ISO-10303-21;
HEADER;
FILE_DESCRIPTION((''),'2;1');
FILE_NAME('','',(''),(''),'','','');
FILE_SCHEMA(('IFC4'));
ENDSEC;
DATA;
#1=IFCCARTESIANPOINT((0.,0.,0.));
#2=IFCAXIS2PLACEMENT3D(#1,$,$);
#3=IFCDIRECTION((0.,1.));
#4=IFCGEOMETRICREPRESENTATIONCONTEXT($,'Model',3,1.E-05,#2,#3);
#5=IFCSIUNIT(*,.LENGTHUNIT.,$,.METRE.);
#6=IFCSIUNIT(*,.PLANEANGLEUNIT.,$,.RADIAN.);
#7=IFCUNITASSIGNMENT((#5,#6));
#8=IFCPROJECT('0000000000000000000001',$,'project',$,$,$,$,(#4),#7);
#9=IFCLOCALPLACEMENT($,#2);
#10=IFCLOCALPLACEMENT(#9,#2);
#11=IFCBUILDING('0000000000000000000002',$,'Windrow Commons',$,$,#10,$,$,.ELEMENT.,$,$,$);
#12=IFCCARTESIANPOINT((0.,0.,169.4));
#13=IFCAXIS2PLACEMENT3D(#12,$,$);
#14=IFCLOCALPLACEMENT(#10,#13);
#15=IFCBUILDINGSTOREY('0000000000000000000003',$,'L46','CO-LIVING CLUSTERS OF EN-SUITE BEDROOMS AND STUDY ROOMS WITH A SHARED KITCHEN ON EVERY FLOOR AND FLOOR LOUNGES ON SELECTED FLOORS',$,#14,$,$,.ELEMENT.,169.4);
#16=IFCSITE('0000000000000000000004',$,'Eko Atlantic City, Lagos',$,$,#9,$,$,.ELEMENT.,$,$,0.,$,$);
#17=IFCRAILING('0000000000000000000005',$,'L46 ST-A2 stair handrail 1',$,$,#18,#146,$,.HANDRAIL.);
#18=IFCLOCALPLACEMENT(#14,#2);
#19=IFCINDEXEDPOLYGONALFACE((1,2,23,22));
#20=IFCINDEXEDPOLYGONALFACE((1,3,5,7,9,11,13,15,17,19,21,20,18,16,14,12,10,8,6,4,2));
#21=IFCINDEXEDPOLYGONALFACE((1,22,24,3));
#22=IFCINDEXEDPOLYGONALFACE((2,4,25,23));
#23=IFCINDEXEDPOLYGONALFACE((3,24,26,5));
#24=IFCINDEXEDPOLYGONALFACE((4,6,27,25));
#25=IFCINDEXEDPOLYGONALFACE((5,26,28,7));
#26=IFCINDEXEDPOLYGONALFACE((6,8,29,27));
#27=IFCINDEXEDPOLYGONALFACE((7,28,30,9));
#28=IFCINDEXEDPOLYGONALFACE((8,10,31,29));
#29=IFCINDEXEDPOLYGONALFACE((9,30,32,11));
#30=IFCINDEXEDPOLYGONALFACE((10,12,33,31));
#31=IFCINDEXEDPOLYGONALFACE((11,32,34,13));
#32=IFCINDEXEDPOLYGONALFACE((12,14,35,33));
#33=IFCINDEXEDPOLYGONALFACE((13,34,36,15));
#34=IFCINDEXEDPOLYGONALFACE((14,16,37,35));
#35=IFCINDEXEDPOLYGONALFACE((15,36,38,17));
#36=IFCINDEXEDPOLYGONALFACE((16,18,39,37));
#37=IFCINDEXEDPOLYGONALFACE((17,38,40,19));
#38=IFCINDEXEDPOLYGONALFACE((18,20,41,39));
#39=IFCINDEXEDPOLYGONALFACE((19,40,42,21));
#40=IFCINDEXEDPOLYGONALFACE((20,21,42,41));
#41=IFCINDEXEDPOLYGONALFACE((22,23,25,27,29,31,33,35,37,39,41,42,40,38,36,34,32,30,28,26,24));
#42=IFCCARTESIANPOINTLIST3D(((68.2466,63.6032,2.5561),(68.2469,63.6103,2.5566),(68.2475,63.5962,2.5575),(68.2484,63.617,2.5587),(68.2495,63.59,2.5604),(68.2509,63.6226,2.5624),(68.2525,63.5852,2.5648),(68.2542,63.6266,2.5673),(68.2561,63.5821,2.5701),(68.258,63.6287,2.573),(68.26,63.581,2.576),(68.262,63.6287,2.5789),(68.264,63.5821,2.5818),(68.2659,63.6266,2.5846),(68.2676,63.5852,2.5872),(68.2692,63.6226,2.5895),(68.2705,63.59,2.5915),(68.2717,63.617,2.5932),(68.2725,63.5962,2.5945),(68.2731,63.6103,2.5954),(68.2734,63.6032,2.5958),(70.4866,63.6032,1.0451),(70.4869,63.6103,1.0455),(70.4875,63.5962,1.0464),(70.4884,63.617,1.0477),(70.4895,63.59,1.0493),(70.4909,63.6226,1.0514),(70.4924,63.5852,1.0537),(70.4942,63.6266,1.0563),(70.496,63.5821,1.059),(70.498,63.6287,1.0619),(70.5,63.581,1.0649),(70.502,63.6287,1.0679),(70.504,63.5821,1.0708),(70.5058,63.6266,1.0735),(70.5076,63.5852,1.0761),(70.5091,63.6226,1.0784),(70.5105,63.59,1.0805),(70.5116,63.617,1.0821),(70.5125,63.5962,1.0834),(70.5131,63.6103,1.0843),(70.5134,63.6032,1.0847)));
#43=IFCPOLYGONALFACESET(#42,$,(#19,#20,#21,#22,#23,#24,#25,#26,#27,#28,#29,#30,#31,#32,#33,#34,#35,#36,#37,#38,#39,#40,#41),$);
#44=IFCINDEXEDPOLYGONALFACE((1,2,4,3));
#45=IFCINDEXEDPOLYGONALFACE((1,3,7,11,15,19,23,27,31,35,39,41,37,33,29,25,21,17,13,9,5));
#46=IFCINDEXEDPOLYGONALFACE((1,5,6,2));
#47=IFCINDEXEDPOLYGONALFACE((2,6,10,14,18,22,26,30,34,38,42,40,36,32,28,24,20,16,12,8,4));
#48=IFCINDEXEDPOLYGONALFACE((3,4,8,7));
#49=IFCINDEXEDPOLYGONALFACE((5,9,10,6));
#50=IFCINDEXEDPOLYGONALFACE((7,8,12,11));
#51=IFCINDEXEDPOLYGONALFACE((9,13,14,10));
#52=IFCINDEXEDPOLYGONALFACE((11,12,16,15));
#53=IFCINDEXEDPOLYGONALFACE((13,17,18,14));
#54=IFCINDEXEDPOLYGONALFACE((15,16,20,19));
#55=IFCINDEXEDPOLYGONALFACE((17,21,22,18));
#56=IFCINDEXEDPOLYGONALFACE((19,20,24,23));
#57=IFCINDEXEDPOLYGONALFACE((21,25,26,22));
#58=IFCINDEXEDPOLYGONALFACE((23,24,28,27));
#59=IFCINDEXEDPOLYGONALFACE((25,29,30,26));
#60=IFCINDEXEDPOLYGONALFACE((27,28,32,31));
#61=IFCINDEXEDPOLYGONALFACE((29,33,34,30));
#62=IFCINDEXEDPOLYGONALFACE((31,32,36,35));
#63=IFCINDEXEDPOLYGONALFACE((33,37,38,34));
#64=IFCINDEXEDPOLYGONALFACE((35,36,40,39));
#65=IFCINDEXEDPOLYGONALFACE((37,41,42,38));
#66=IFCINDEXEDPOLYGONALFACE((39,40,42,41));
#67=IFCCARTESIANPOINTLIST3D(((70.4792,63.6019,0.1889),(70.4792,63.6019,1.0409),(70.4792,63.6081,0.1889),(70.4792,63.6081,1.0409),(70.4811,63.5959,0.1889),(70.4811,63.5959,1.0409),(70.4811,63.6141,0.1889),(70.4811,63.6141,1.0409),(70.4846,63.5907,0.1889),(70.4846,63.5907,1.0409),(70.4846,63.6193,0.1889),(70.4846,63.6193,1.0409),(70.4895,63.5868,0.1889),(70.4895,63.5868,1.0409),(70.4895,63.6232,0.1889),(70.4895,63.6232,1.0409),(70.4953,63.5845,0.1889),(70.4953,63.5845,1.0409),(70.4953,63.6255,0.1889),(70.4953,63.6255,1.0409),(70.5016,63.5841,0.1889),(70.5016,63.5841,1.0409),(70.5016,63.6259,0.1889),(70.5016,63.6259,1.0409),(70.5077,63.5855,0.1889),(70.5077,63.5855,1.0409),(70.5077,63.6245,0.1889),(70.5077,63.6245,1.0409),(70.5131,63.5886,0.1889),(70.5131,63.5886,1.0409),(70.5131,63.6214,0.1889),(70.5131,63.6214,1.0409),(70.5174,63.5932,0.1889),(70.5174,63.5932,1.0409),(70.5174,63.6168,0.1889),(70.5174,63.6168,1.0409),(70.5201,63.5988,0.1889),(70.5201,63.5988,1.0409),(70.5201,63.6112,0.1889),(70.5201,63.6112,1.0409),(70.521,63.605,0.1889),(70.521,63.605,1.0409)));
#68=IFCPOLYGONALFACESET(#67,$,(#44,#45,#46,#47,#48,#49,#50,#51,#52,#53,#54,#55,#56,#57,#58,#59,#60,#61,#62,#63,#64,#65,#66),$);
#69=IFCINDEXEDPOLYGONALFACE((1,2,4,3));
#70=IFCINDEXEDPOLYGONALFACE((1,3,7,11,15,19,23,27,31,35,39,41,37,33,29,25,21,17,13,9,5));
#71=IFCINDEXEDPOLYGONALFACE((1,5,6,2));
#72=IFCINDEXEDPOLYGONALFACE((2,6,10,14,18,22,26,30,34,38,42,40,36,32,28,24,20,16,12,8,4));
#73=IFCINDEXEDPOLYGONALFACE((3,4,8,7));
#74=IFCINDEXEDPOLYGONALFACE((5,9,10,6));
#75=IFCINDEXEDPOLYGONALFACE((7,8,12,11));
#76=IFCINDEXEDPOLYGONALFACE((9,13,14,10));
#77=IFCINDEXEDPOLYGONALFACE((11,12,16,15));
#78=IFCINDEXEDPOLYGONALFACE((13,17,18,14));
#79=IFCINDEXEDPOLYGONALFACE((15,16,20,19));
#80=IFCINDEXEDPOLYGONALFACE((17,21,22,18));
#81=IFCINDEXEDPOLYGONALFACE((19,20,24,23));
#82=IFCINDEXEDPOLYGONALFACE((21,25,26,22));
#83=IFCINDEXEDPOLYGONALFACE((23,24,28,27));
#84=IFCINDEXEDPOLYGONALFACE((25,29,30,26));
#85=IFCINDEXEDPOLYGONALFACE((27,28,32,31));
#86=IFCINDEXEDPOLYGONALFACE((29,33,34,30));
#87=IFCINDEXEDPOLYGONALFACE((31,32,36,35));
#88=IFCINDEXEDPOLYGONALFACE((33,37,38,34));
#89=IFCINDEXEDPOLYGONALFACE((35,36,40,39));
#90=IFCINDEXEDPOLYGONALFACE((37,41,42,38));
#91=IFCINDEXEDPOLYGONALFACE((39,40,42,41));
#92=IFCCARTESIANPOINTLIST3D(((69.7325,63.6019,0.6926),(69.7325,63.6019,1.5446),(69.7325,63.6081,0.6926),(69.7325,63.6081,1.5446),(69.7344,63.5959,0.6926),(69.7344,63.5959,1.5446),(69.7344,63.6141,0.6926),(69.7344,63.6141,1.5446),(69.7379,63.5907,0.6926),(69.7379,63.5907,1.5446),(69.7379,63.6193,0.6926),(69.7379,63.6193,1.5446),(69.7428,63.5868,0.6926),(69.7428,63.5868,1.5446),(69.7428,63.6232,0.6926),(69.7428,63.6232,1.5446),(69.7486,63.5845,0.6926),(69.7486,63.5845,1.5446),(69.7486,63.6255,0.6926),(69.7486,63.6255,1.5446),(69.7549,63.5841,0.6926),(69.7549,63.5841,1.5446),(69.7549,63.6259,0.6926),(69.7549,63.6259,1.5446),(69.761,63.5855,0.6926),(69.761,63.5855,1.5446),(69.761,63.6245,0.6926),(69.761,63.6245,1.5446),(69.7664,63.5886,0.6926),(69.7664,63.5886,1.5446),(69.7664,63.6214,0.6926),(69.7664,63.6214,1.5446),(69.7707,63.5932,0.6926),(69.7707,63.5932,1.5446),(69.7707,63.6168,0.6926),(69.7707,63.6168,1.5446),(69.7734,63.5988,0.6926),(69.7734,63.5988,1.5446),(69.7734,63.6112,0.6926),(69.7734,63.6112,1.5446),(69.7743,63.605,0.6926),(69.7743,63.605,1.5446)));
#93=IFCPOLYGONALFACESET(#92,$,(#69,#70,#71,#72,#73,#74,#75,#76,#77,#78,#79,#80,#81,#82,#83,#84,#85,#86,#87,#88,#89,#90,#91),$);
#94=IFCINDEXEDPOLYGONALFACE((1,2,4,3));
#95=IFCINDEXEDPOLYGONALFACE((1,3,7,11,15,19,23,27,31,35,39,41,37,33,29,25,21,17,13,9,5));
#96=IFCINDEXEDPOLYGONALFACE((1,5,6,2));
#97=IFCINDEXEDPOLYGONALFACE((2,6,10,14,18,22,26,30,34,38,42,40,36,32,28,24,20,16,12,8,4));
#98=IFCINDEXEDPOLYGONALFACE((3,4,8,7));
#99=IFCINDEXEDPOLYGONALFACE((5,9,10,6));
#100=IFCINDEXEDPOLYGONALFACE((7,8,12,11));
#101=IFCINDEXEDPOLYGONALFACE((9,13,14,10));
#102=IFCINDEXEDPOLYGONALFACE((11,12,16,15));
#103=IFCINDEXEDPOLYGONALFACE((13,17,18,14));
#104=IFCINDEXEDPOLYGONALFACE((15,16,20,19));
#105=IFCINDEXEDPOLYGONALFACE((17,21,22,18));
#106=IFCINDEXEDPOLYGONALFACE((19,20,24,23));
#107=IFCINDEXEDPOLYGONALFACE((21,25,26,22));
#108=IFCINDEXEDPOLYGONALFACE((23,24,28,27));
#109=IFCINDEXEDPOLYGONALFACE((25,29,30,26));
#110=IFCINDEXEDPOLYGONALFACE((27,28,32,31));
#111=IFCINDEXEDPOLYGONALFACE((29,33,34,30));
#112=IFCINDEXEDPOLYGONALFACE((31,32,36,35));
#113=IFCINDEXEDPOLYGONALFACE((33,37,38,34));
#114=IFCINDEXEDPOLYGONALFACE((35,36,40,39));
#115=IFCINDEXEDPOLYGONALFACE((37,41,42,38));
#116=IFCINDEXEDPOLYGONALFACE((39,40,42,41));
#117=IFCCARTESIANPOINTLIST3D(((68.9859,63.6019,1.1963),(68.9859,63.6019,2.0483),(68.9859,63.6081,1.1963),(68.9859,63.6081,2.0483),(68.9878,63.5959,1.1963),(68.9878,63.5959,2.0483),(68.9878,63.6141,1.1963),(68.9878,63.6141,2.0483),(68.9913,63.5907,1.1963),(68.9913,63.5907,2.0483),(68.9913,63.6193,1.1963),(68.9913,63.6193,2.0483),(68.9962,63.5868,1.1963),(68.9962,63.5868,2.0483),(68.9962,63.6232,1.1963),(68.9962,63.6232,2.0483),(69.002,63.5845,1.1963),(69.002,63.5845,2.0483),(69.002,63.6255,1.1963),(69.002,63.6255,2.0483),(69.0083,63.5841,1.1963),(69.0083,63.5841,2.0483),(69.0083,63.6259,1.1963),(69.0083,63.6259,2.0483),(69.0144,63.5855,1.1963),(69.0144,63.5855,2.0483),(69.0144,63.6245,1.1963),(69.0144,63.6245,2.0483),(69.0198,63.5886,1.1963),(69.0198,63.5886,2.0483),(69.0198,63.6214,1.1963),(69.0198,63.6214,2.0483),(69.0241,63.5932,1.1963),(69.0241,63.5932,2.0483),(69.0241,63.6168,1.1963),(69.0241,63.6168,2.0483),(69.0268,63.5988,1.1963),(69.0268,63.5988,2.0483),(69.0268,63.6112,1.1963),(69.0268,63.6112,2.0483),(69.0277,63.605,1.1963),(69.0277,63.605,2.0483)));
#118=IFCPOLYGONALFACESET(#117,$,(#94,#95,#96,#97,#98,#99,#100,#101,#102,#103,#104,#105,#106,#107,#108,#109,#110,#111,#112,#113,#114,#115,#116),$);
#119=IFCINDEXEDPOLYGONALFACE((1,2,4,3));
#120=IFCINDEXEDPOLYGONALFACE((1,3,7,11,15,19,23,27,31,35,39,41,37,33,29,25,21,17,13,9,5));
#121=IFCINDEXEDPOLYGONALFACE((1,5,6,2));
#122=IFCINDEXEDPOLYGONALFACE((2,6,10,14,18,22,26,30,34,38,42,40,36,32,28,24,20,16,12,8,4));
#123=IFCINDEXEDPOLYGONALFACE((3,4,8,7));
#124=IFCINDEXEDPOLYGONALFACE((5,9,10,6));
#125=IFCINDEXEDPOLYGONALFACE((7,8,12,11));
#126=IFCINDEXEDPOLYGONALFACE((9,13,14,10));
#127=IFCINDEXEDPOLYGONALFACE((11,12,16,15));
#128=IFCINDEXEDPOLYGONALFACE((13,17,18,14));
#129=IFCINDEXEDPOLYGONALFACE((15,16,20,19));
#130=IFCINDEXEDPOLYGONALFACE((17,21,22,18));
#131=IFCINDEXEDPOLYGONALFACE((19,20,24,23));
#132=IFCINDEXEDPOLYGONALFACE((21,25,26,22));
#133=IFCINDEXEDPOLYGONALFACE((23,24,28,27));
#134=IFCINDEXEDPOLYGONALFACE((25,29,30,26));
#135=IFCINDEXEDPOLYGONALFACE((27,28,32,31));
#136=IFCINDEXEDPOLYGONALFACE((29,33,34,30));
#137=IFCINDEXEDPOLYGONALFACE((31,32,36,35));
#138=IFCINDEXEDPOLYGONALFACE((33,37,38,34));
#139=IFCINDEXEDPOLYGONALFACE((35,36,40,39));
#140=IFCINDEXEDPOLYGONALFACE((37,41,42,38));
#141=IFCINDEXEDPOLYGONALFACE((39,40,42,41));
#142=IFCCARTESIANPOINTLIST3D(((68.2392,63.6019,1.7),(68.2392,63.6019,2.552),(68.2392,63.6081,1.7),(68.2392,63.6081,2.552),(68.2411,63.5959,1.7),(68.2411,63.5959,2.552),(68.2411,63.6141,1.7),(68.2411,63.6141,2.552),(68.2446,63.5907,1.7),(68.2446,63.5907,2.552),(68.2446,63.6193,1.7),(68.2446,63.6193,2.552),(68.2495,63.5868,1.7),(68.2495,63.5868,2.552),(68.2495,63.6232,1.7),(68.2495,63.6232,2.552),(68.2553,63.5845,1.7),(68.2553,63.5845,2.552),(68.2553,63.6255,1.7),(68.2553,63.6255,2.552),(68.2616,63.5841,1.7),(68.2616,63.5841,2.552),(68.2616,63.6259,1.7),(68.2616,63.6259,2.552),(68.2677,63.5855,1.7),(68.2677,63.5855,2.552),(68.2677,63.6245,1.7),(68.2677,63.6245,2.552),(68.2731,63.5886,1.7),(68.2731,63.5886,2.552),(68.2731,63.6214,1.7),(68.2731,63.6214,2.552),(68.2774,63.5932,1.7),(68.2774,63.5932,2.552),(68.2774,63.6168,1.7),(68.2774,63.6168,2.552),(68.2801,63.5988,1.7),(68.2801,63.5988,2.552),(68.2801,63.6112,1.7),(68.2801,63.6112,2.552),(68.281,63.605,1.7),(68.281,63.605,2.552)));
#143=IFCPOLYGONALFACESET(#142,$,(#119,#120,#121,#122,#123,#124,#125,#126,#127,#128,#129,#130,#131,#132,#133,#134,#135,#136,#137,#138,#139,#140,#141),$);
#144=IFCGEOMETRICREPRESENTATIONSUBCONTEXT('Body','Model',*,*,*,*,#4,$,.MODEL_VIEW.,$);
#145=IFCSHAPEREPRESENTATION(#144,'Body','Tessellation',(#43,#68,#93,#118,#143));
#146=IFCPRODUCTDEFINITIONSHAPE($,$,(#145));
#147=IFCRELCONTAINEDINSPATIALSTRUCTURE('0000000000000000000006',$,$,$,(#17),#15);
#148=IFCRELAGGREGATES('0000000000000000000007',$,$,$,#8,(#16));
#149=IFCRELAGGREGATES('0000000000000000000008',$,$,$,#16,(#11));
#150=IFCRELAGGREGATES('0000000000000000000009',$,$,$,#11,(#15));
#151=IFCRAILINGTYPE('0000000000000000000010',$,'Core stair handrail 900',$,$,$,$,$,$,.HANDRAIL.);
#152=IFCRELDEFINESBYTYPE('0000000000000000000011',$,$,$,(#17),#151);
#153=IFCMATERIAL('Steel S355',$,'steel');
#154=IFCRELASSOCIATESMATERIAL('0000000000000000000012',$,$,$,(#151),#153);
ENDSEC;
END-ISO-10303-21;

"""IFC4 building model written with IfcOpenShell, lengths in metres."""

from ifc_helpers import new_model, si_unit, direction, frame, origin, origin_2d, place, context, subcontext, project, spatial, circle, extrude, material, type_object, element, save


model = new_model("IFC4")

# Units and contexts
model_context = context("Model", 3, precision=1e-05, world=origin(), true_north=direction((0.0, 1.0)))
body_context = subcontext(model_context, "Body", "Model", "MODEL_VIEW")
ifc_project = project(units=[si_unit("LENGTHUNIT", "METRE"), si_unit("PLANEANGLEUNIT", "RADIAN")], contexts=[model_context])

# Site, building, storey
site_placement = place(None, origin())
site = spatial("IfcSite", under=ifc_project, at=site_placement, Name="Eko Atlantic City, Lagos", CompositionType="ELEMENT", RefElevation=0.0)
building_placement = place(site_placement, origin())
building = spatial("IfcBuilding", under=site, at=building_placement, Name="Windrow Commons", CompositionType="ELEMENT")
storey_placement = place(building_placement, frame((0.0, 0.0, 169.4)))
storey = spatial("IfcBuildingStorey", under=building, at=storey_placement, Name="L46", Description="CO-LIVING CLUSTERS OF EN-SUITE BEDROOMS AND STUDY ROOMS WITH A SHARED KITCHEN ON EVERY FLOOR AND FLOOR LOUNGES ON SELECTED FLOORS", CompositionType="ELEMENT", Elevation=169.4)

# Railing
ifc_material_1 = material(Name="Steel S355", Category="steel")
railing_type_1 = type_object("IfcRailingType", Name="Core stair handrail 900", PredefinedType="HANDRAIL", material=ifc_material_1)
railing_1_placement = place(storey_placement, frame((70.5, 63.605, 0.1889)))
element("IfcRailing", 1, at=railing_1_placement, inside=storey, type_object=railing_type_1, Name="L46 ST-A2 stair handrail 1", PredefinedType="HANDRAIL", context=body_context, shape_type="SweptSolid", body=[
    extrude(circle(Radius=0.024, at=origin_2d()), frame((0.0, 0.0, 0.876), z_axis=(-0.829003, 0.0, 0.559244), x_axis=(0.0, -1.0, 0.0)), (0.0, 0.0, 1.0), 2.702),
    extrude(circle(Radius=0.021, at=origin_2d()), origin(), (0.0, 0.0, 1.0), 0.852),
    extrude(circle(Radius=0.021, at=origin_2d()), frame((-0.7467, 0.0, 0.5037)), (0.0, 0.0, 1.0), 0.852),
    extrude(circle(Radius=0.021, at=origin_2d()), frame((-1.4933, 0.0, 1.0074)), (0.0, 0.0, 1.0), 0.852),
    extrude(circle(Radius=0.021, at=origin_2d()), frame((-2.24, 0.0, 1.5111)), (0.0, 0.0, 1.0), 0.852),
])

save(model, "model.ifc")
